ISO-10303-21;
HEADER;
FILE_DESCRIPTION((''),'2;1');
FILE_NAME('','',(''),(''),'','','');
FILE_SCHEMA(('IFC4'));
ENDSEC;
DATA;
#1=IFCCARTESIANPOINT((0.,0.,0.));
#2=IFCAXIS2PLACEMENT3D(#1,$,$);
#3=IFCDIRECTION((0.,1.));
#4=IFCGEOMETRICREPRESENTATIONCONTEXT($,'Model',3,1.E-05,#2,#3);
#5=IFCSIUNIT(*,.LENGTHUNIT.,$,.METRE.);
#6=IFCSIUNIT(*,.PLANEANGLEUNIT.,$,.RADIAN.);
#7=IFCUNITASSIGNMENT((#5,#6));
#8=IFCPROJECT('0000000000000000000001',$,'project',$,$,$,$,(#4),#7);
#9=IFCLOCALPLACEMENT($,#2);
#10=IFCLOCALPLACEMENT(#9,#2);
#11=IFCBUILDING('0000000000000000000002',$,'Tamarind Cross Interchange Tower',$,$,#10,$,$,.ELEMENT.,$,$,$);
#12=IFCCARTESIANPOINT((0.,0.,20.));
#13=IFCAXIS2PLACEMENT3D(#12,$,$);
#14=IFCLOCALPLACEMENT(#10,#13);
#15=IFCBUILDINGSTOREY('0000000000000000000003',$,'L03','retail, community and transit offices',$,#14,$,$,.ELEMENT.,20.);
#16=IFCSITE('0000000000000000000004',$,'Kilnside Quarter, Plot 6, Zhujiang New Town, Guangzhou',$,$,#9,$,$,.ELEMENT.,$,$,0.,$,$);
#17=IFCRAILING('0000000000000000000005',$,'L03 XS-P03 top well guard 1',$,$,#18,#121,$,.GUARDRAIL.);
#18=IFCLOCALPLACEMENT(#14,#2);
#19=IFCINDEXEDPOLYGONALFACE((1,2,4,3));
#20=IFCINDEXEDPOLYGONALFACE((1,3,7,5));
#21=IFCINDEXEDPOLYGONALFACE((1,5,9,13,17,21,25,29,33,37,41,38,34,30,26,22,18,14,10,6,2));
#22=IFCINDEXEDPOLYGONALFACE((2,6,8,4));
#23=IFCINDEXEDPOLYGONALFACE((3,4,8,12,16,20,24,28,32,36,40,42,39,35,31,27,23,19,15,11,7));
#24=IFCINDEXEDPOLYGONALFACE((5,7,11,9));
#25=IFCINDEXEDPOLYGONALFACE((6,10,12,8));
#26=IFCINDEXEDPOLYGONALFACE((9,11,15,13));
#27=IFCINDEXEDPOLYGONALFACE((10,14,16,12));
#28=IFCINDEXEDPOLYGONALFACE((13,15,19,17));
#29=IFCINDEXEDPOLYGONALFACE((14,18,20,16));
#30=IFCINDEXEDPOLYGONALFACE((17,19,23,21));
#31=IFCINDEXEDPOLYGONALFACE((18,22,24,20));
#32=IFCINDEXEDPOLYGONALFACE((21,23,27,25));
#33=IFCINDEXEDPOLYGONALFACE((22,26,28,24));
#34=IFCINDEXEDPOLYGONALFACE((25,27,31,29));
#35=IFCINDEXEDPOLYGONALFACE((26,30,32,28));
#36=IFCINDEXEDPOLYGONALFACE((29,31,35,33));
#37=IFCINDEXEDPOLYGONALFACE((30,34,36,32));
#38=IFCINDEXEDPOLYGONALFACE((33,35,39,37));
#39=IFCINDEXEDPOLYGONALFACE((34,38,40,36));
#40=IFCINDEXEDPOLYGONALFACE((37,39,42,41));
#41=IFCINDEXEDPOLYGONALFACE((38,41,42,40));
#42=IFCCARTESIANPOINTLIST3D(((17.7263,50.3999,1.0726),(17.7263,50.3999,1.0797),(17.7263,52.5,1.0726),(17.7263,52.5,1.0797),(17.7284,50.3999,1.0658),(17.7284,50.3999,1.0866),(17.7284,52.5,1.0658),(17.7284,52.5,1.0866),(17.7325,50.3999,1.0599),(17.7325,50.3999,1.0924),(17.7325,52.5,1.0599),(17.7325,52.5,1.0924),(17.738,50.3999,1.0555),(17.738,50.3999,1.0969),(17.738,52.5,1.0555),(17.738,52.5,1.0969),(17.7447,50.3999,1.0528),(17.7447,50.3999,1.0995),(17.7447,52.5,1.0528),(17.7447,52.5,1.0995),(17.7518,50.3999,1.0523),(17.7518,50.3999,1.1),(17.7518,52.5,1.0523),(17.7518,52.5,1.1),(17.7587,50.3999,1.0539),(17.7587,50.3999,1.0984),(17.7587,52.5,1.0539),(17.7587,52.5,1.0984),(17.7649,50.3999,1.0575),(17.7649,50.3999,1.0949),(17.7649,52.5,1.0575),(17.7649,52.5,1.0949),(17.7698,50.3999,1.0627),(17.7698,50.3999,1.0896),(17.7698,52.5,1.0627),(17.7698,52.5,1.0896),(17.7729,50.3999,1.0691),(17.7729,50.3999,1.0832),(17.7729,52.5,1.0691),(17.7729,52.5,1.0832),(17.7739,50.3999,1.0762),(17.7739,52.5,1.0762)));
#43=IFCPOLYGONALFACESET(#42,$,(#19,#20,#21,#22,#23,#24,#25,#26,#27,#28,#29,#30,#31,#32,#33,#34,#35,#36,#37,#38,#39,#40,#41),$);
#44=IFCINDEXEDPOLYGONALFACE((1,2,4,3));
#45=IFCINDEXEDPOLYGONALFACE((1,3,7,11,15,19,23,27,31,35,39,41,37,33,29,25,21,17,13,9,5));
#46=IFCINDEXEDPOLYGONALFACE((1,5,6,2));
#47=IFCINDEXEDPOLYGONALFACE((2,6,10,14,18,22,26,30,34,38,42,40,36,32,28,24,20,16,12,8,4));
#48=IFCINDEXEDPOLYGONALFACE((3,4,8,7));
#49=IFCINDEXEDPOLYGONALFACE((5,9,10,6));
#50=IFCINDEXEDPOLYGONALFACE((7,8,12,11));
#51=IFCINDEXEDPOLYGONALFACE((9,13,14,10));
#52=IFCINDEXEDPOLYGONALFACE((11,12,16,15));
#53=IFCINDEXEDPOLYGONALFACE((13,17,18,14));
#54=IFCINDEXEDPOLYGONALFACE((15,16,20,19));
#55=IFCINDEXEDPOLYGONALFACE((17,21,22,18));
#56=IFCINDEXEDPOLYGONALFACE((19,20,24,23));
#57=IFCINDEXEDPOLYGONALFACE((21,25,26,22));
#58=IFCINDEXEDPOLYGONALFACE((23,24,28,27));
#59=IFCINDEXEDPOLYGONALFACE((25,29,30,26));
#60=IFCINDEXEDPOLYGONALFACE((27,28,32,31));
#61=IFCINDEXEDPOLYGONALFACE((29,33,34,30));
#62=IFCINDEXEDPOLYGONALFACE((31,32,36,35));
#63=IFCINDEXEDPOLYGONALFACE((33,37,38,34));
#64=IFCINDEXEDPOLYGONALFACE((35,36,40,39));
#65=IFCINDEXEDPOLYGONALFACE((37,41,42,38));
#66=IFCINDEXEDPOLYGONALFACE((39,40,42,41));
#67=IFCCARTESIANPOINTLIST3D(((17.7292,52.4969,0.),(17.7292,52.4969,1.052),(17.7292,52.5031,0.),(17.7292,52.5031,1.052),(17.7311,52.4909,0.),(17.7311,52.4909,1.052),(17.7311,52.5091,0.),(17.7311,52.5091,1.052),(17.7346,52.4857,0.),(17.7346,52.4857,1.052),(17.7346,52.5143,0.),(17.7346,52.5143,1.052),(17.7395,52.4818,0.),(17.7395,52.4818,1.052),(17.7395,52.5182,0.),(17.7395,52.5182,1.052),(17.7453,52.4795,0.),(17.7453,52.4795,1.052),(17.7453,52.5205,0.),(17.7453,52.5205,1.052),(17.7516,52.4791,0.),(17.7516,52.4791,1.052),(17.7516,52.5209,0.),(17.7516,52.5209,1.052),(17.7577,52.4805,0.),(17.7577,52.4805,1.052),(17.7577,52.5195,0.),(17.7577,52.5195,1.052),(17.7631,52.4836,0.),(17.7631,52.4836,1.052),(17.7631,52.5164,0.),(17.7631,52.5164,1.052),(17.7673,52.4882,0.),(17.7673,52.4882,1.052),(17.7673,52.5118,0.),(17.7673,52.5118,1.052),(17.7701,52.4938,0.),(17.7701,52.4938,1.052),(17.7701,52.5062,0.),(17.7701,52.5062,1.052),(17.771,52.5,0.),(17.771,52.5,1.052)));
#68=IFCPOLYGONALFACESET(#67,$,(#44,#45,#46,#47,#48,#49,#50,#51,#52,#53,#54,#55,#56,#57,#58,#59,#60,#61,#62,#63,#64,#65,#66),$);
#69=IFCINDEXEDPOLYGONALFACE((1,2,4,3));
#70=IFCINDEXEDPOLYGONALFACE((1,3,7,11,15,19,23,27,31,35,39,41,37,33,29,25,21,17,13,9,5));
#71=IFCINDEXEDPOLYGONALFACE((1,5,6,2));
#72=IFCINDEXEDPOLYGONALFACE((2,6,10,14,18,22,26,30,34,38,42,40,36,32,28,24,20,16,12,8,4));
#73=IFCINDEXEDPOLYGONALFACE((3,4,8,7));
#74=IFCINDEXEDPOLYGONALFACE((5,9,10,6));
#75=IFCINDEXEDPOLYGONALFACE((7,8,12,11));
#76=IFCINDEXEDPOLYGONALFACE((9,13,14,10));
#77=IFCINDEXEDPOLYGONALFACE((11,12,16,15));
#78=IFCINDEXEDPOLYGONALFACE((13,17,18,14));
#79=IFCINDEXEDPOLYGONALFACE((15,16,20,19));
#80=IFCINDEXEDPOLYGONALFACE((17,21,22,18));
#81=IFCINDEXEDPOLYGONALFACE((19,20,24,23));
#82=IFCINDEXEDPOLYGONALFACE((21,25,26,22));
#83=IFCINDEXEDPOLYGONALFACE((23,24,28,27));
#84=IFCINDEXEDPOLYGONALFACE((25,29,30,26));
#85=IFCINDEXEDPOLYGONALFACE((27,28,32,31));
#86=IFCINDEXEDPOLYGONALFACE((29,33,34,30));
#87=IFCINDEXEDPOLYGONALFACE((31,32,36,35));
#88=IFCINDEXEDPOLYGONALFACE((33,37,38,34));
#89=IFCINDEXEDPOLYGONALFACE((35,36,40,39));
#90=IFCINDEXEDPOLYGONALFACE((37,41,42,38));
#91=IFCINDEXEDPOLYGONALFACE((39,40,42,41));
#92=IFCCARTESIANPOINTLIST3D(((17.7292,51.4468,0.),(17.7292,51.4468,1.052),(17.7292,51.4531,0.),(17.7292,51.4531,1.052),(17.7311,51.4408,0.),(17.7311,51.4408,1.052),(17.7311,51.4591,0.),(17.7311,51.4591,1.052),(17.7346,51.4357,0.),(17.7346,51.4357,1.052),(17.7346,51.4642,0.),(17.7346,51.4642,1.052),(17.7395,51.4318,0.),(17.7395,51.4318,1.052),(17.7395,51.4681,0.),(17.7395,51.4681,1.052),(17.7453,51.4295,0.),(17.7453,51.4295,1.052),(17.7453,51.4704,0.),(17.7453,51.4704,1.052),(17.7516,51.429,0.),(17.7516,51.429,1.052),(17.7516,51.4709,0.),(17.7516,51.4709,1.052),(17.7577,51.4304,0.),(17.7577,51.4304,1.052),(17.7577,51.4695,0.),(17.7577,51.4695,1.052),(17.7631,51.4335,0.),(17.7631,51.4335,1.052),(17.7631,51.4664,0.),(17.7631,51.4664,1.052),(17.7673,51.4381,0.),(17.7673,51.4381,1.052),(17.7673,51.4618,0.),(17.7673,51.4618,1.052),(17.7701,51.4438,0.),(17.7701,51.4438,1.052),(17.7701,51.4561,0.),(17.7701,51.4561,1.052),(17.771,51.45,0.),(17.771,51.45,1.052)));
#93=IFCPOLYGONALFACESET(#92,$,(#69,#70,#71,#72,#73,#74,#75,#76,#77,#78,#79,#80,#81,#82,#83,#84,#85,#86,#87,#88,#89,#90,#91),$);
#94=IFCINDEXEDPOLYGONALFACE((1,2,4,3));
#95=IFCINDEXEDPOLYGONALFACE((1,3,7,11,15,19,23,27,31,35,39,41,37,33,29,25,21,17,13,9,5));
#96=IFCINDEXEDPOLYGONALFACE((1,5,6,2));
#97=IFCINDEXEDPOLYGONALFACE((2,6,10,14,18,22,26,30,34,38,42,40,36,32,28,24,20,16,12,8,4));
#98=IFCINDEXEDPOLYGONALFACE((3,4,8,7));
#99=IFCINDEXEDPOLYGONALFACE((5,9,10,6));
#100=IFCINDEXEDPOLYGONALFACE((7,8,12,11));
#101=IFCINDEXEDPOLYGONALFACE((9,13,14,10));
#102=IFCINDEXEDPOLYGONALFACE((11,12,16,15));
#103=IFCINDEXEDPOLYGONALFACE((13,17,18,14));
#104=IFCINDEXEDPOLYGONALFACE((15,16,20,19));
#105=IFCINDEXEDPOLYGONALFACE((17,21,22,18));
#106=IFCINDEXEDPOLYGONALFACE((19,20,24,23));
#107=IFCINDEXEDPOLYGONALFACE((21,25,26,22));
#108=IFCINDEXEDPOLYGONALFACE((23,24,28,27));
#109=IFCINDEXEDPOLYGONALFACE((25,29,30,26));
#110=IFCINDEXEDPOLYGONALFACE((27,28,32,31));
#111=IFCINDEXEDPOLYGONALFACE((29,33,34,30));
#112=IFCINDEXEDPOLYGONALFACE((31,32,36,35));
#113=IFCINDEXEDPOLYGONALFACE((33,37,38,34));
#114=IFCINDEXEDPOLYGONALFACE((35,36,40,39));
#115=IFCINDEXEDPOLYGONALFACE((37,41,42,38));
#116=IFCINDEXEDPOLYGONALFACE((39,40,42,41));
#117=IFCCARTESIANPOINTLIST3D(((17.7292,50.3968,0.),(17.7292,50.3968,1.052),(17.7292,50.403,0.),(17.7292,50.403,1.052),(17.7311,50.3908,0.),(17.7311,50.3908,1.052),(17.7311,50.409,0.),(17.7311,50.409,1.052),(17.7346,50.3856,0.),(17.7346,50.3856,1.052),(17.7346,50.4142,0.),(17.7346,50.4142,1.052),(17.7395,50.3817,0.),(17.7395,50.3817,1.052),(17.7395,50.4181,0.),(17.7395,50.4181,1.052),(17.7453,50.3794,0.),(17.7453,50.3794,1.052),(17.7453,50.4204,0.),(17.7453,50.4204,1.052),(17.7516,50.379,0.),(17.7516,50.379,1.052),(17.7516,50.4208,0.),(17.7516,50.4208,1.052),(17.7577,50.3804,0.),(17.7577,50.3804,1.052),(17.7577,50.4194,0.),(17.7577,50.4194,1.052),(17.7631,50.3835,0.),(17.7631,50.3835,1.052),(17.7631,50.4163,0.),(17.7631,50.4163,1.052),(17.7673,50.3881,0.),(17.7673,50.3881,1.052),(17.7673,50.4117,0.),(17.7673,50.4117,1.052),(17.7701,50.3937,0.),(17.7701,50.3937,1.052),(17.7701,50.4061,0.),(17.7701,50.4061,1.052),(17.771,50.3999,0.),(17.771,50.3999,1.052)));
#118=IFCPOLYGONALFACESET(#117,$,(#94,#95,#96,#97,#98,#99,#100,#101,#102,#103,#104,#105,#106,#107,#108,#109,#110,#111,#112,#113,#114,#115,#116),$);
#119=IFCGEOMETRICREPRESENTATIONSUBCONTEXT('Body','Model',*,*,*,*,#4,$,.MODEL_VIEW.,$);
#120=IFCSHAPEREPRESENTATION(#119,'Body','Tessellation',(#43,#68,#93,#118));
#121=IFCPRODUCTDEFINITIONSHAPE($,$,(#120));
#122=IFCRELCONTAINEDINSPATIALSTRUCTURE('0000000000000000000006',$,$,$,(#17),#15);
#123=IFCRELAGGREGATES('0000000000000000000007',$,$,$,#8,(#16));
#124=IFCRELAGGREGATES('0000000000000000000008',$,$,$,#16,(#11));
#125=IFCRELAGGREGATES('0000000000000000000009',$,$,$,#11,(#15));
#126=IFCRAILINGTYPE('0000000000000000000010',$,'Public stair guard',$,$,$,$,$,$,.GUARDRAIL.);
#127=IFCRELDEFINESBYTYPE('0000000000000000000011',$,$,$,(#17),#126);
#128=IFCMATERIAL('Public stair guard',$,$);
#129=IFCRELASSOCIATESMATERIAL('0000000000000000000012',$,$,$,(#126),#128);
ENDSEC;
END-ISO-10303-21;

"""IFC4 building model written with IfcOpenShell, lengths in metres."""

from ifc_helpers import new_model, si_unit, direction, frame, origin, origin_2d, place, context, subcontext, project, spatial, circle, extrude, material, type_object, element, save


model = new_model("IFC4")

# Units and contexts
model_context = context("Model", 3, precision=1e-05, world=origin(), true_north=direction((0.0, 1.0)))
body_context = subcontext(model_context, "Body", "Model", "MODEL_VIEW")
ifc_project = project(units=[si_unit("LENGTHUNIT", "METRE"), si_unit("PLANEANGLEUNIT", "RADIAN")], contexts=[model_context])

# Site, building, storey
site_placement = place(None, origin())
site = spatial("IfcSite", under=ifc_project, at=site_placement, Name="Kilnside Quarter, Plot 6, Zhujiang New Town, Guangzhou", CompositionType="ELEMENT", RefElevation=0.0)
building_placement = place(site_placement, origin())
building = spatial("IfcBuilding", under=site, at=building_placement, Name="Tamarind Cross Interchange Tower", CompositionType="ELEMENT")
storey_placement = place(building_placement, frame((0.0, 0.0, 20.0)))
storey = spatial("IfcBuildingStorey", under=building, at=storey_placement, Name="L03", Description="retail, community and transit offices", CompositionType="ELEMENT", Elevation=20.0)

# Railing
ifc_material_1 = material(Name="Public stair guard")
railing_type = type_object("IfcRailingType", Name="Public stair guard", PredefinedType="GUARDRAIL", material=ifc_material_1)
railing_placement = place(storey_placement, frame((17.75, 52.5, 0.0)))
element("IfcRailing", 1, at=railing_placement, inside=storey, type_object=railing_type, Name="L03 XS-P03 top well guard 1", PredefinedType="GUARDRAIL", context=body_context, shape_type="SweptSolid", body=[
    extrude(circle(Radius=0.0239, at=origin_2d()), frame((0.0, 0.0, 1.0762), z_axis=(0.0, -1.0, 0.0), x_axis=(1.0, 0.0, 0.0)), (0.0, 0.0, 1.0), 2.1001),
    extrude(circle(Radius=0.021, at=origin_2d()), origin(), (0.0, 0.0, 1.0), 1.052),
    extrude(circle(Radius=0.021, at=origin_2d()), frame((0.0, -1.05, 0.0)), (0.0, 0.0, 1.0), 1.052),
    extrude(circle(Radius=0.021, at=origin_2d()), frame((0.0, -2.1001, 0.0)), (0.0, 0.0, 1.0), 1.052),
])

save(model, "model.ifc")
